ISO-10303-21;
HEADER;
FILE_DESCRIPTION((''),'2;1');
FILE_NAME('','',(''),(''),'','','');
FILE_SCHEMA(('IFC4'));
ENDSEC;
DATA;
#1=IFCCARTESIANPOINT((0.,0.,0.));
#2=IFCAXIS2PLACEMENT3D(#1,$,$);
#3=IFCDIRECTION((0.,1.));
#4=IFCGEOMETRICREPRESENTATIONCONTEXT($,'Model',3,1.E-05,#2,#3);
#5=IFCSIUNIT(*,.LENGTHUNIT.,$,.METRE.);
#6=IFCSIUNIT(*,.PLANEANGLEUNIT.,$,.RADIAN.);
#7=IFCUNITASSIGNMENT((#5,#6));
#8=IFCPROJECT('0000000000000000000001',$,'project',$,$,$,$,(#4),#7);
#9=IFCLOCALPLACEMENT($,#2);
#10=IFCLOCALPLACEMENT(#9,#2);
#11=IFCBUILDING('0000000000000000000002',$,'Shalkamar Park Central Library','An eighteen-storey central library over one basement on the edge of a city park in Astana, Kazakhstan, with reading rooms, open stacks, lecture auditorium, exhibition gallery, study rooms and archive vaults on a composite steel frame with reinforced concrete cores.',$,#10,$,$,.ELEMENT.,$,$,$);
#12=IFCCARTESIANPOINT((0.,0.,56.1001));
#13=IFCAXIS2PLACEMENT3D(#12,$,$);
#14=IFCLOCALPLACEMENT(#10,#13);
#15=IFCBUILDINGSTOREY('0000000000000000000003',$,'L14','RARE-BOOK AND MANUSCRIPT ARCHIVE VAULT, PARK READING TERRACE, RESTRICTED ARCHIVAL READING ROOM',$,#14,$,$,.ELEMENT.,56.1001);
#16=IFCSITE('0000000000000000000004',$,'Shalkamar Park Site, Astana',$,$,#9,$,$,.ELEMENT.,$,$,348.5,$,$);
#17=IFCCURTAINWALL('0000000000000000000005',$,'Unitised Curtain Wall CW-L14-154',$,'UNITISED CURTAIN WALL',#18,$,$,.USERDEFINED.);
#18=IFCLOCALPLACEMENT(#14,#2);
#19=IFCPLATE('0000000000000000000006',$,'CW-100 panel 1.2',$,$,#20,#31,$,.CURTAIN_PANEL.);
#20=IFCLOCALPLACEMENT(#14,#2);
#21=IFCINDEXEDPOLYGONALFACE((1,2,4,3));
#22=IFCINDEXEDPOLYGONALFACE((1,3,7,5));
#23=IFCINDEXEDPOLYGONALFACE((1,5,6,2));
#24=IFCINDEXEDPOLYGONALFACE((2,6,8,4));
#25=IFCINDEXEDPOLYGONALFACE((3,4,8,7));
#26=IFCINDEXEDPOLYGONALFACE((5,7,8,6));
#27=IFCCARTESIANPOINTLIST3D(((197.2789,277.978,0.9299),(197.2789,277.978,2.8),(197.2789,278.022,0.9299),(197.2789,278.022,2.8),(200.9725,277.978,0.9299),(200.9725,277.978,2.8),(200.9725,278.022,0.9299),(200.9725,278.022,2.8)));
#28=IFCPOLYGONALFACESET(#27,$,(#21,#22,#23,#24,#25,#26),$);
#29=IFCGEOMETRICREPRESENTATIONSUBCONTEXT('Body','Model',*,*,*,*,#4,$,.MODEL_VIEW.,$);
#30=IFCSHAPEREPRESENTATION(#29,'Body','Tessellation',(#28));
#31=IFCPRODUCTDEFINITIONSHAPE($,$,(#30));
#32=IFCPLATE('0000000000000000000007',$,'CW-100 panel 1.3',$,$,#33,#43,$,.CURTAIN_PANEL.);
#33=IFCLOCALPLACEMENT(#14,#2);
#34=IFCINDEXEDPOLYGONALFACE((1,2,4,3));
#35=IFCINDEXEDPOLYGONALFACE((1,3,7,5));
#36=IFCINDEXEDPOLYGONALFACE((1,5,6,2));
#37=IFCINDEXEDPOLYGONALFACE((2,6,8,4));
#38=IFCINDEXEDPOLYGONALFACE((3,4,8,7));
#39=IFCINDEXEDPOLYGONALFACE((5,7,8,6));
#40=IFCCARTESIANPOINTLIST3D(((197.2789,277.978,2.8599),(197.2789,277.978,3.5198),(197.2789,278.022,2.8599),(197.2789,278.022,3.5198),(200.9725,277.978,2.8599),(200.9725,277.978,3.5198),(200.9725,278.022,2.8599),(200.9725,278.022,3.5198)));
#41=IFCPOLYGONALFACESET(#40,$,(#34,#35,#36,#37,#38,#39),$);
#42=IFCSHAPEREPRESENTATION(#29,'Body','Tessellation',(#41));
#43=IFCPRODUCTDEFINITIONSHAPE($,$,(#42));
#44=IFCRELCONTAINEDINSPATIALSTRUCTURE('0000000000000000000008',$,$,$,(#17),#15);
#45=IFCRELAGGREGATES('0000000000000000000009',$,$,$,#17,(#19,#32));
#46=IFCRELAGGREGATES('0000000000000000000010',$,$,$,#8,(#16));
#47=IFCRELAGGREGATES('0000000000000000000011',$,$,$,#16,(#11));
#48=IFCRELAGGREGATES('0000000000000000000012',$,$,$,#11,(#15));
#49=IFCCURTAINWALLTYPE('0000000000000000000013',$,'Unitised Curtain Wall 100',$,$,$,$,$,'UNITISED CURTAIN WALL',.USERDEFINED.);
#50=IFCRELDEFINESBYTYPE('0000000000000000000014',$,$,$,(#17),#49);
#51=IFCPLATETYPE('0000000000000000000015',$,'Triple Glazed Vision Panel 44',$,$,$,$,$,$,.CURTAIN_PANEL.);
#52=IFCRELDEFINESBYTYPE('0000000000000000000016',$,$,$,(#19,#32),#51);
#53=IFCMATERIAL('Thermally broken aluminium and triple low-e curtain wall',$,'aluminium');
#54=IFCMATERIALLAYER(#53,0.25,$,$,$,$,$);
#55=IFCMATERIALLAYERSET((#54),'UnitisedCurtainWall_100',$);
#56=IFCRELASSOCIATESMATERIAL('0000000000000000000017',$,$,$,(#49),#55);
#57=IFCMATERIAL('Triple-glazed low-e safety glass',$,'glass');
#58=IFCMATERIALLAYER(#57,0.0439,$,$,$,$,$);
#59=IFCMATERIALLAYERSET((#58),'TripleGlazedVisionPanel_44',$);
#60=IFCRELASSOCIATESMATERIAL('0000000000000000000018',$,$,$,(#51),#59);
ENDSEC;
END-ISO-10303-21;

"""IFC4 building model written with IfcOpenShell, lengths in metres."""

from ifc_helpers import new_model, si_unit, direction, frame, origin, origin_2d, place, context, subcontext, project, spatial, rectangle, extrude, material, layer, layer_set, type_object, element, aggregate, save


model = new_model("IFC4")

# Units and contexts
model_context = context("Model", 3, precision=1e-05, world=origin(), true_north=direction((0.0, 1.0)))
body_context = subcontext(model_context, "Body", "Model", "MODEL_VIEW")
ifc_project = project(units=[si_unit("LENGTHUNIT", "METRE"), si_unit("PLANEANGLEUNIT", "RADIAN")], contexts=[model_context])

# Site, building, storey
site_placement = place(None, origin())
site = spatial("IfcSite", under=ifc_project, at=site_placement, Name="Shalkamar Park Site, Astana", CompositionType="ELEMENT", RefElevation=348.5)
building_placement = place(site_placement, origin())
building = spatial("IfcBuilding", under=site, at=building_placement, Name="Shalkamar Park Central Library", Description="An eighteen-storey central library over one basement on the edge of a city park in Astana, Kazakhstan, with reading rooms, open stacks, lecture auditorium, exhibition gallery, study rooms and archive vaults on a composite steel frame with reinforced concrete cores.", CompositionType="ELEMENT")
storey_placement = place(building_placement, frame((0.0, 0.0, 56.1001)))
storey = spatial("IfcBuildingStorey", under=building, at=storey_placement, Name="L14", Description="RARE-BOOK AND MANUSCRIPT ARCHIVE VAULT, PARK READING TERRACE, RESTRICTED ARCHIVAL READING ROOM", CompositionType="ELEMENT", Elevation=56.1001)

# Curtain wall
ifc_material_1 = material(Name="Thermally broken aluminium and triple low-e curtain wall", Category="aluminium")
ifc_layer_1 = layer(ifc_material_1, 0.25)
ifc_layer_set_1 = layer_set([ifc_layer_1], Name="UnitisedCurtainWall_100")
curtain_wall_type_1 = type_object("IfcCurtainWallType", Name="Unitised Curtain Wall 100", ElementType="UNITISED CURTAIN WALL", PredefinedType="USERDEFINED", material=ifc_layer_set_1)
curtain_wall_1_placement = place(storey_placement, origin())
curtain_wall_1 = element("IfcCurtainWall", 1, at=curtain_wall_1_placement, inside=storey, type_object=curtain_wall_type_1, Name="Unitised Curtain Wall CW-L14-154", ObjectType="UNITISED CURTAIN WALL", PredefinedType="USERDEFINED")

# Plates
ifc_material_2 = material(Name="Triple-glazed low-e safety glass", Category="glass")
ifc_layer_2 = layer(ifc_material_2, 0.0439)
ifc_layer_set_2 = layer_set([ifc_layer_2], Name="TripleGlazedVisionPanel_44")
plate_type_1 = type_object("IfcPlateType", Name="Triple Glazed Vision Panel 44", PredefinedType="CURTAIN_PANEL", material=ifc_layer_set_2)
plate_1_placement = place(storey_placement, frame((199.1257, 278.0, 0.9299), z_axis=(0.0, 0.0, 1.0), x_axis=(1.0, 0.0, 0.0)))
plate_1 = element("IfcPlate", 2, at=plate_1_placement, type_object=plate_type_1, Name="CW-100 panel 1.2", PredefinedType="CURTAIN_PANEL", context=body_context, shape_type="SweptSolid", body=[
    extrude(rectangle(XDim=3.6936, YDim=0.0439, at=origin_2d()), origin(), (0.0, 0.0, 1.0), 1.8701),
])
plate_2_placement = place(storey_placement, frame((199.1257, 278.0, 2.8599), z_axis=(0.0, 0.0, 1.0), x_axis=(1.0, 0.0, 0.0)))
plate_2 = element("IfcPlate", 3, at=plate_2_placement, type_object=plate_type_1, Name="CW-100 panel 1.3", PredefinedType="CURTAIN_PANEL", context=body_context, shape_type="SweptSolid", body=[
    extrude(rectangle(XDim=3.6936, YDim=0.0439, at=origin_2d()), origin(), (0.0, 0.0, 1.0), 0.6599),
])
aggregate(curtain_wall_1, [plate_1, plate_2])

save(model, "model.ifc")
